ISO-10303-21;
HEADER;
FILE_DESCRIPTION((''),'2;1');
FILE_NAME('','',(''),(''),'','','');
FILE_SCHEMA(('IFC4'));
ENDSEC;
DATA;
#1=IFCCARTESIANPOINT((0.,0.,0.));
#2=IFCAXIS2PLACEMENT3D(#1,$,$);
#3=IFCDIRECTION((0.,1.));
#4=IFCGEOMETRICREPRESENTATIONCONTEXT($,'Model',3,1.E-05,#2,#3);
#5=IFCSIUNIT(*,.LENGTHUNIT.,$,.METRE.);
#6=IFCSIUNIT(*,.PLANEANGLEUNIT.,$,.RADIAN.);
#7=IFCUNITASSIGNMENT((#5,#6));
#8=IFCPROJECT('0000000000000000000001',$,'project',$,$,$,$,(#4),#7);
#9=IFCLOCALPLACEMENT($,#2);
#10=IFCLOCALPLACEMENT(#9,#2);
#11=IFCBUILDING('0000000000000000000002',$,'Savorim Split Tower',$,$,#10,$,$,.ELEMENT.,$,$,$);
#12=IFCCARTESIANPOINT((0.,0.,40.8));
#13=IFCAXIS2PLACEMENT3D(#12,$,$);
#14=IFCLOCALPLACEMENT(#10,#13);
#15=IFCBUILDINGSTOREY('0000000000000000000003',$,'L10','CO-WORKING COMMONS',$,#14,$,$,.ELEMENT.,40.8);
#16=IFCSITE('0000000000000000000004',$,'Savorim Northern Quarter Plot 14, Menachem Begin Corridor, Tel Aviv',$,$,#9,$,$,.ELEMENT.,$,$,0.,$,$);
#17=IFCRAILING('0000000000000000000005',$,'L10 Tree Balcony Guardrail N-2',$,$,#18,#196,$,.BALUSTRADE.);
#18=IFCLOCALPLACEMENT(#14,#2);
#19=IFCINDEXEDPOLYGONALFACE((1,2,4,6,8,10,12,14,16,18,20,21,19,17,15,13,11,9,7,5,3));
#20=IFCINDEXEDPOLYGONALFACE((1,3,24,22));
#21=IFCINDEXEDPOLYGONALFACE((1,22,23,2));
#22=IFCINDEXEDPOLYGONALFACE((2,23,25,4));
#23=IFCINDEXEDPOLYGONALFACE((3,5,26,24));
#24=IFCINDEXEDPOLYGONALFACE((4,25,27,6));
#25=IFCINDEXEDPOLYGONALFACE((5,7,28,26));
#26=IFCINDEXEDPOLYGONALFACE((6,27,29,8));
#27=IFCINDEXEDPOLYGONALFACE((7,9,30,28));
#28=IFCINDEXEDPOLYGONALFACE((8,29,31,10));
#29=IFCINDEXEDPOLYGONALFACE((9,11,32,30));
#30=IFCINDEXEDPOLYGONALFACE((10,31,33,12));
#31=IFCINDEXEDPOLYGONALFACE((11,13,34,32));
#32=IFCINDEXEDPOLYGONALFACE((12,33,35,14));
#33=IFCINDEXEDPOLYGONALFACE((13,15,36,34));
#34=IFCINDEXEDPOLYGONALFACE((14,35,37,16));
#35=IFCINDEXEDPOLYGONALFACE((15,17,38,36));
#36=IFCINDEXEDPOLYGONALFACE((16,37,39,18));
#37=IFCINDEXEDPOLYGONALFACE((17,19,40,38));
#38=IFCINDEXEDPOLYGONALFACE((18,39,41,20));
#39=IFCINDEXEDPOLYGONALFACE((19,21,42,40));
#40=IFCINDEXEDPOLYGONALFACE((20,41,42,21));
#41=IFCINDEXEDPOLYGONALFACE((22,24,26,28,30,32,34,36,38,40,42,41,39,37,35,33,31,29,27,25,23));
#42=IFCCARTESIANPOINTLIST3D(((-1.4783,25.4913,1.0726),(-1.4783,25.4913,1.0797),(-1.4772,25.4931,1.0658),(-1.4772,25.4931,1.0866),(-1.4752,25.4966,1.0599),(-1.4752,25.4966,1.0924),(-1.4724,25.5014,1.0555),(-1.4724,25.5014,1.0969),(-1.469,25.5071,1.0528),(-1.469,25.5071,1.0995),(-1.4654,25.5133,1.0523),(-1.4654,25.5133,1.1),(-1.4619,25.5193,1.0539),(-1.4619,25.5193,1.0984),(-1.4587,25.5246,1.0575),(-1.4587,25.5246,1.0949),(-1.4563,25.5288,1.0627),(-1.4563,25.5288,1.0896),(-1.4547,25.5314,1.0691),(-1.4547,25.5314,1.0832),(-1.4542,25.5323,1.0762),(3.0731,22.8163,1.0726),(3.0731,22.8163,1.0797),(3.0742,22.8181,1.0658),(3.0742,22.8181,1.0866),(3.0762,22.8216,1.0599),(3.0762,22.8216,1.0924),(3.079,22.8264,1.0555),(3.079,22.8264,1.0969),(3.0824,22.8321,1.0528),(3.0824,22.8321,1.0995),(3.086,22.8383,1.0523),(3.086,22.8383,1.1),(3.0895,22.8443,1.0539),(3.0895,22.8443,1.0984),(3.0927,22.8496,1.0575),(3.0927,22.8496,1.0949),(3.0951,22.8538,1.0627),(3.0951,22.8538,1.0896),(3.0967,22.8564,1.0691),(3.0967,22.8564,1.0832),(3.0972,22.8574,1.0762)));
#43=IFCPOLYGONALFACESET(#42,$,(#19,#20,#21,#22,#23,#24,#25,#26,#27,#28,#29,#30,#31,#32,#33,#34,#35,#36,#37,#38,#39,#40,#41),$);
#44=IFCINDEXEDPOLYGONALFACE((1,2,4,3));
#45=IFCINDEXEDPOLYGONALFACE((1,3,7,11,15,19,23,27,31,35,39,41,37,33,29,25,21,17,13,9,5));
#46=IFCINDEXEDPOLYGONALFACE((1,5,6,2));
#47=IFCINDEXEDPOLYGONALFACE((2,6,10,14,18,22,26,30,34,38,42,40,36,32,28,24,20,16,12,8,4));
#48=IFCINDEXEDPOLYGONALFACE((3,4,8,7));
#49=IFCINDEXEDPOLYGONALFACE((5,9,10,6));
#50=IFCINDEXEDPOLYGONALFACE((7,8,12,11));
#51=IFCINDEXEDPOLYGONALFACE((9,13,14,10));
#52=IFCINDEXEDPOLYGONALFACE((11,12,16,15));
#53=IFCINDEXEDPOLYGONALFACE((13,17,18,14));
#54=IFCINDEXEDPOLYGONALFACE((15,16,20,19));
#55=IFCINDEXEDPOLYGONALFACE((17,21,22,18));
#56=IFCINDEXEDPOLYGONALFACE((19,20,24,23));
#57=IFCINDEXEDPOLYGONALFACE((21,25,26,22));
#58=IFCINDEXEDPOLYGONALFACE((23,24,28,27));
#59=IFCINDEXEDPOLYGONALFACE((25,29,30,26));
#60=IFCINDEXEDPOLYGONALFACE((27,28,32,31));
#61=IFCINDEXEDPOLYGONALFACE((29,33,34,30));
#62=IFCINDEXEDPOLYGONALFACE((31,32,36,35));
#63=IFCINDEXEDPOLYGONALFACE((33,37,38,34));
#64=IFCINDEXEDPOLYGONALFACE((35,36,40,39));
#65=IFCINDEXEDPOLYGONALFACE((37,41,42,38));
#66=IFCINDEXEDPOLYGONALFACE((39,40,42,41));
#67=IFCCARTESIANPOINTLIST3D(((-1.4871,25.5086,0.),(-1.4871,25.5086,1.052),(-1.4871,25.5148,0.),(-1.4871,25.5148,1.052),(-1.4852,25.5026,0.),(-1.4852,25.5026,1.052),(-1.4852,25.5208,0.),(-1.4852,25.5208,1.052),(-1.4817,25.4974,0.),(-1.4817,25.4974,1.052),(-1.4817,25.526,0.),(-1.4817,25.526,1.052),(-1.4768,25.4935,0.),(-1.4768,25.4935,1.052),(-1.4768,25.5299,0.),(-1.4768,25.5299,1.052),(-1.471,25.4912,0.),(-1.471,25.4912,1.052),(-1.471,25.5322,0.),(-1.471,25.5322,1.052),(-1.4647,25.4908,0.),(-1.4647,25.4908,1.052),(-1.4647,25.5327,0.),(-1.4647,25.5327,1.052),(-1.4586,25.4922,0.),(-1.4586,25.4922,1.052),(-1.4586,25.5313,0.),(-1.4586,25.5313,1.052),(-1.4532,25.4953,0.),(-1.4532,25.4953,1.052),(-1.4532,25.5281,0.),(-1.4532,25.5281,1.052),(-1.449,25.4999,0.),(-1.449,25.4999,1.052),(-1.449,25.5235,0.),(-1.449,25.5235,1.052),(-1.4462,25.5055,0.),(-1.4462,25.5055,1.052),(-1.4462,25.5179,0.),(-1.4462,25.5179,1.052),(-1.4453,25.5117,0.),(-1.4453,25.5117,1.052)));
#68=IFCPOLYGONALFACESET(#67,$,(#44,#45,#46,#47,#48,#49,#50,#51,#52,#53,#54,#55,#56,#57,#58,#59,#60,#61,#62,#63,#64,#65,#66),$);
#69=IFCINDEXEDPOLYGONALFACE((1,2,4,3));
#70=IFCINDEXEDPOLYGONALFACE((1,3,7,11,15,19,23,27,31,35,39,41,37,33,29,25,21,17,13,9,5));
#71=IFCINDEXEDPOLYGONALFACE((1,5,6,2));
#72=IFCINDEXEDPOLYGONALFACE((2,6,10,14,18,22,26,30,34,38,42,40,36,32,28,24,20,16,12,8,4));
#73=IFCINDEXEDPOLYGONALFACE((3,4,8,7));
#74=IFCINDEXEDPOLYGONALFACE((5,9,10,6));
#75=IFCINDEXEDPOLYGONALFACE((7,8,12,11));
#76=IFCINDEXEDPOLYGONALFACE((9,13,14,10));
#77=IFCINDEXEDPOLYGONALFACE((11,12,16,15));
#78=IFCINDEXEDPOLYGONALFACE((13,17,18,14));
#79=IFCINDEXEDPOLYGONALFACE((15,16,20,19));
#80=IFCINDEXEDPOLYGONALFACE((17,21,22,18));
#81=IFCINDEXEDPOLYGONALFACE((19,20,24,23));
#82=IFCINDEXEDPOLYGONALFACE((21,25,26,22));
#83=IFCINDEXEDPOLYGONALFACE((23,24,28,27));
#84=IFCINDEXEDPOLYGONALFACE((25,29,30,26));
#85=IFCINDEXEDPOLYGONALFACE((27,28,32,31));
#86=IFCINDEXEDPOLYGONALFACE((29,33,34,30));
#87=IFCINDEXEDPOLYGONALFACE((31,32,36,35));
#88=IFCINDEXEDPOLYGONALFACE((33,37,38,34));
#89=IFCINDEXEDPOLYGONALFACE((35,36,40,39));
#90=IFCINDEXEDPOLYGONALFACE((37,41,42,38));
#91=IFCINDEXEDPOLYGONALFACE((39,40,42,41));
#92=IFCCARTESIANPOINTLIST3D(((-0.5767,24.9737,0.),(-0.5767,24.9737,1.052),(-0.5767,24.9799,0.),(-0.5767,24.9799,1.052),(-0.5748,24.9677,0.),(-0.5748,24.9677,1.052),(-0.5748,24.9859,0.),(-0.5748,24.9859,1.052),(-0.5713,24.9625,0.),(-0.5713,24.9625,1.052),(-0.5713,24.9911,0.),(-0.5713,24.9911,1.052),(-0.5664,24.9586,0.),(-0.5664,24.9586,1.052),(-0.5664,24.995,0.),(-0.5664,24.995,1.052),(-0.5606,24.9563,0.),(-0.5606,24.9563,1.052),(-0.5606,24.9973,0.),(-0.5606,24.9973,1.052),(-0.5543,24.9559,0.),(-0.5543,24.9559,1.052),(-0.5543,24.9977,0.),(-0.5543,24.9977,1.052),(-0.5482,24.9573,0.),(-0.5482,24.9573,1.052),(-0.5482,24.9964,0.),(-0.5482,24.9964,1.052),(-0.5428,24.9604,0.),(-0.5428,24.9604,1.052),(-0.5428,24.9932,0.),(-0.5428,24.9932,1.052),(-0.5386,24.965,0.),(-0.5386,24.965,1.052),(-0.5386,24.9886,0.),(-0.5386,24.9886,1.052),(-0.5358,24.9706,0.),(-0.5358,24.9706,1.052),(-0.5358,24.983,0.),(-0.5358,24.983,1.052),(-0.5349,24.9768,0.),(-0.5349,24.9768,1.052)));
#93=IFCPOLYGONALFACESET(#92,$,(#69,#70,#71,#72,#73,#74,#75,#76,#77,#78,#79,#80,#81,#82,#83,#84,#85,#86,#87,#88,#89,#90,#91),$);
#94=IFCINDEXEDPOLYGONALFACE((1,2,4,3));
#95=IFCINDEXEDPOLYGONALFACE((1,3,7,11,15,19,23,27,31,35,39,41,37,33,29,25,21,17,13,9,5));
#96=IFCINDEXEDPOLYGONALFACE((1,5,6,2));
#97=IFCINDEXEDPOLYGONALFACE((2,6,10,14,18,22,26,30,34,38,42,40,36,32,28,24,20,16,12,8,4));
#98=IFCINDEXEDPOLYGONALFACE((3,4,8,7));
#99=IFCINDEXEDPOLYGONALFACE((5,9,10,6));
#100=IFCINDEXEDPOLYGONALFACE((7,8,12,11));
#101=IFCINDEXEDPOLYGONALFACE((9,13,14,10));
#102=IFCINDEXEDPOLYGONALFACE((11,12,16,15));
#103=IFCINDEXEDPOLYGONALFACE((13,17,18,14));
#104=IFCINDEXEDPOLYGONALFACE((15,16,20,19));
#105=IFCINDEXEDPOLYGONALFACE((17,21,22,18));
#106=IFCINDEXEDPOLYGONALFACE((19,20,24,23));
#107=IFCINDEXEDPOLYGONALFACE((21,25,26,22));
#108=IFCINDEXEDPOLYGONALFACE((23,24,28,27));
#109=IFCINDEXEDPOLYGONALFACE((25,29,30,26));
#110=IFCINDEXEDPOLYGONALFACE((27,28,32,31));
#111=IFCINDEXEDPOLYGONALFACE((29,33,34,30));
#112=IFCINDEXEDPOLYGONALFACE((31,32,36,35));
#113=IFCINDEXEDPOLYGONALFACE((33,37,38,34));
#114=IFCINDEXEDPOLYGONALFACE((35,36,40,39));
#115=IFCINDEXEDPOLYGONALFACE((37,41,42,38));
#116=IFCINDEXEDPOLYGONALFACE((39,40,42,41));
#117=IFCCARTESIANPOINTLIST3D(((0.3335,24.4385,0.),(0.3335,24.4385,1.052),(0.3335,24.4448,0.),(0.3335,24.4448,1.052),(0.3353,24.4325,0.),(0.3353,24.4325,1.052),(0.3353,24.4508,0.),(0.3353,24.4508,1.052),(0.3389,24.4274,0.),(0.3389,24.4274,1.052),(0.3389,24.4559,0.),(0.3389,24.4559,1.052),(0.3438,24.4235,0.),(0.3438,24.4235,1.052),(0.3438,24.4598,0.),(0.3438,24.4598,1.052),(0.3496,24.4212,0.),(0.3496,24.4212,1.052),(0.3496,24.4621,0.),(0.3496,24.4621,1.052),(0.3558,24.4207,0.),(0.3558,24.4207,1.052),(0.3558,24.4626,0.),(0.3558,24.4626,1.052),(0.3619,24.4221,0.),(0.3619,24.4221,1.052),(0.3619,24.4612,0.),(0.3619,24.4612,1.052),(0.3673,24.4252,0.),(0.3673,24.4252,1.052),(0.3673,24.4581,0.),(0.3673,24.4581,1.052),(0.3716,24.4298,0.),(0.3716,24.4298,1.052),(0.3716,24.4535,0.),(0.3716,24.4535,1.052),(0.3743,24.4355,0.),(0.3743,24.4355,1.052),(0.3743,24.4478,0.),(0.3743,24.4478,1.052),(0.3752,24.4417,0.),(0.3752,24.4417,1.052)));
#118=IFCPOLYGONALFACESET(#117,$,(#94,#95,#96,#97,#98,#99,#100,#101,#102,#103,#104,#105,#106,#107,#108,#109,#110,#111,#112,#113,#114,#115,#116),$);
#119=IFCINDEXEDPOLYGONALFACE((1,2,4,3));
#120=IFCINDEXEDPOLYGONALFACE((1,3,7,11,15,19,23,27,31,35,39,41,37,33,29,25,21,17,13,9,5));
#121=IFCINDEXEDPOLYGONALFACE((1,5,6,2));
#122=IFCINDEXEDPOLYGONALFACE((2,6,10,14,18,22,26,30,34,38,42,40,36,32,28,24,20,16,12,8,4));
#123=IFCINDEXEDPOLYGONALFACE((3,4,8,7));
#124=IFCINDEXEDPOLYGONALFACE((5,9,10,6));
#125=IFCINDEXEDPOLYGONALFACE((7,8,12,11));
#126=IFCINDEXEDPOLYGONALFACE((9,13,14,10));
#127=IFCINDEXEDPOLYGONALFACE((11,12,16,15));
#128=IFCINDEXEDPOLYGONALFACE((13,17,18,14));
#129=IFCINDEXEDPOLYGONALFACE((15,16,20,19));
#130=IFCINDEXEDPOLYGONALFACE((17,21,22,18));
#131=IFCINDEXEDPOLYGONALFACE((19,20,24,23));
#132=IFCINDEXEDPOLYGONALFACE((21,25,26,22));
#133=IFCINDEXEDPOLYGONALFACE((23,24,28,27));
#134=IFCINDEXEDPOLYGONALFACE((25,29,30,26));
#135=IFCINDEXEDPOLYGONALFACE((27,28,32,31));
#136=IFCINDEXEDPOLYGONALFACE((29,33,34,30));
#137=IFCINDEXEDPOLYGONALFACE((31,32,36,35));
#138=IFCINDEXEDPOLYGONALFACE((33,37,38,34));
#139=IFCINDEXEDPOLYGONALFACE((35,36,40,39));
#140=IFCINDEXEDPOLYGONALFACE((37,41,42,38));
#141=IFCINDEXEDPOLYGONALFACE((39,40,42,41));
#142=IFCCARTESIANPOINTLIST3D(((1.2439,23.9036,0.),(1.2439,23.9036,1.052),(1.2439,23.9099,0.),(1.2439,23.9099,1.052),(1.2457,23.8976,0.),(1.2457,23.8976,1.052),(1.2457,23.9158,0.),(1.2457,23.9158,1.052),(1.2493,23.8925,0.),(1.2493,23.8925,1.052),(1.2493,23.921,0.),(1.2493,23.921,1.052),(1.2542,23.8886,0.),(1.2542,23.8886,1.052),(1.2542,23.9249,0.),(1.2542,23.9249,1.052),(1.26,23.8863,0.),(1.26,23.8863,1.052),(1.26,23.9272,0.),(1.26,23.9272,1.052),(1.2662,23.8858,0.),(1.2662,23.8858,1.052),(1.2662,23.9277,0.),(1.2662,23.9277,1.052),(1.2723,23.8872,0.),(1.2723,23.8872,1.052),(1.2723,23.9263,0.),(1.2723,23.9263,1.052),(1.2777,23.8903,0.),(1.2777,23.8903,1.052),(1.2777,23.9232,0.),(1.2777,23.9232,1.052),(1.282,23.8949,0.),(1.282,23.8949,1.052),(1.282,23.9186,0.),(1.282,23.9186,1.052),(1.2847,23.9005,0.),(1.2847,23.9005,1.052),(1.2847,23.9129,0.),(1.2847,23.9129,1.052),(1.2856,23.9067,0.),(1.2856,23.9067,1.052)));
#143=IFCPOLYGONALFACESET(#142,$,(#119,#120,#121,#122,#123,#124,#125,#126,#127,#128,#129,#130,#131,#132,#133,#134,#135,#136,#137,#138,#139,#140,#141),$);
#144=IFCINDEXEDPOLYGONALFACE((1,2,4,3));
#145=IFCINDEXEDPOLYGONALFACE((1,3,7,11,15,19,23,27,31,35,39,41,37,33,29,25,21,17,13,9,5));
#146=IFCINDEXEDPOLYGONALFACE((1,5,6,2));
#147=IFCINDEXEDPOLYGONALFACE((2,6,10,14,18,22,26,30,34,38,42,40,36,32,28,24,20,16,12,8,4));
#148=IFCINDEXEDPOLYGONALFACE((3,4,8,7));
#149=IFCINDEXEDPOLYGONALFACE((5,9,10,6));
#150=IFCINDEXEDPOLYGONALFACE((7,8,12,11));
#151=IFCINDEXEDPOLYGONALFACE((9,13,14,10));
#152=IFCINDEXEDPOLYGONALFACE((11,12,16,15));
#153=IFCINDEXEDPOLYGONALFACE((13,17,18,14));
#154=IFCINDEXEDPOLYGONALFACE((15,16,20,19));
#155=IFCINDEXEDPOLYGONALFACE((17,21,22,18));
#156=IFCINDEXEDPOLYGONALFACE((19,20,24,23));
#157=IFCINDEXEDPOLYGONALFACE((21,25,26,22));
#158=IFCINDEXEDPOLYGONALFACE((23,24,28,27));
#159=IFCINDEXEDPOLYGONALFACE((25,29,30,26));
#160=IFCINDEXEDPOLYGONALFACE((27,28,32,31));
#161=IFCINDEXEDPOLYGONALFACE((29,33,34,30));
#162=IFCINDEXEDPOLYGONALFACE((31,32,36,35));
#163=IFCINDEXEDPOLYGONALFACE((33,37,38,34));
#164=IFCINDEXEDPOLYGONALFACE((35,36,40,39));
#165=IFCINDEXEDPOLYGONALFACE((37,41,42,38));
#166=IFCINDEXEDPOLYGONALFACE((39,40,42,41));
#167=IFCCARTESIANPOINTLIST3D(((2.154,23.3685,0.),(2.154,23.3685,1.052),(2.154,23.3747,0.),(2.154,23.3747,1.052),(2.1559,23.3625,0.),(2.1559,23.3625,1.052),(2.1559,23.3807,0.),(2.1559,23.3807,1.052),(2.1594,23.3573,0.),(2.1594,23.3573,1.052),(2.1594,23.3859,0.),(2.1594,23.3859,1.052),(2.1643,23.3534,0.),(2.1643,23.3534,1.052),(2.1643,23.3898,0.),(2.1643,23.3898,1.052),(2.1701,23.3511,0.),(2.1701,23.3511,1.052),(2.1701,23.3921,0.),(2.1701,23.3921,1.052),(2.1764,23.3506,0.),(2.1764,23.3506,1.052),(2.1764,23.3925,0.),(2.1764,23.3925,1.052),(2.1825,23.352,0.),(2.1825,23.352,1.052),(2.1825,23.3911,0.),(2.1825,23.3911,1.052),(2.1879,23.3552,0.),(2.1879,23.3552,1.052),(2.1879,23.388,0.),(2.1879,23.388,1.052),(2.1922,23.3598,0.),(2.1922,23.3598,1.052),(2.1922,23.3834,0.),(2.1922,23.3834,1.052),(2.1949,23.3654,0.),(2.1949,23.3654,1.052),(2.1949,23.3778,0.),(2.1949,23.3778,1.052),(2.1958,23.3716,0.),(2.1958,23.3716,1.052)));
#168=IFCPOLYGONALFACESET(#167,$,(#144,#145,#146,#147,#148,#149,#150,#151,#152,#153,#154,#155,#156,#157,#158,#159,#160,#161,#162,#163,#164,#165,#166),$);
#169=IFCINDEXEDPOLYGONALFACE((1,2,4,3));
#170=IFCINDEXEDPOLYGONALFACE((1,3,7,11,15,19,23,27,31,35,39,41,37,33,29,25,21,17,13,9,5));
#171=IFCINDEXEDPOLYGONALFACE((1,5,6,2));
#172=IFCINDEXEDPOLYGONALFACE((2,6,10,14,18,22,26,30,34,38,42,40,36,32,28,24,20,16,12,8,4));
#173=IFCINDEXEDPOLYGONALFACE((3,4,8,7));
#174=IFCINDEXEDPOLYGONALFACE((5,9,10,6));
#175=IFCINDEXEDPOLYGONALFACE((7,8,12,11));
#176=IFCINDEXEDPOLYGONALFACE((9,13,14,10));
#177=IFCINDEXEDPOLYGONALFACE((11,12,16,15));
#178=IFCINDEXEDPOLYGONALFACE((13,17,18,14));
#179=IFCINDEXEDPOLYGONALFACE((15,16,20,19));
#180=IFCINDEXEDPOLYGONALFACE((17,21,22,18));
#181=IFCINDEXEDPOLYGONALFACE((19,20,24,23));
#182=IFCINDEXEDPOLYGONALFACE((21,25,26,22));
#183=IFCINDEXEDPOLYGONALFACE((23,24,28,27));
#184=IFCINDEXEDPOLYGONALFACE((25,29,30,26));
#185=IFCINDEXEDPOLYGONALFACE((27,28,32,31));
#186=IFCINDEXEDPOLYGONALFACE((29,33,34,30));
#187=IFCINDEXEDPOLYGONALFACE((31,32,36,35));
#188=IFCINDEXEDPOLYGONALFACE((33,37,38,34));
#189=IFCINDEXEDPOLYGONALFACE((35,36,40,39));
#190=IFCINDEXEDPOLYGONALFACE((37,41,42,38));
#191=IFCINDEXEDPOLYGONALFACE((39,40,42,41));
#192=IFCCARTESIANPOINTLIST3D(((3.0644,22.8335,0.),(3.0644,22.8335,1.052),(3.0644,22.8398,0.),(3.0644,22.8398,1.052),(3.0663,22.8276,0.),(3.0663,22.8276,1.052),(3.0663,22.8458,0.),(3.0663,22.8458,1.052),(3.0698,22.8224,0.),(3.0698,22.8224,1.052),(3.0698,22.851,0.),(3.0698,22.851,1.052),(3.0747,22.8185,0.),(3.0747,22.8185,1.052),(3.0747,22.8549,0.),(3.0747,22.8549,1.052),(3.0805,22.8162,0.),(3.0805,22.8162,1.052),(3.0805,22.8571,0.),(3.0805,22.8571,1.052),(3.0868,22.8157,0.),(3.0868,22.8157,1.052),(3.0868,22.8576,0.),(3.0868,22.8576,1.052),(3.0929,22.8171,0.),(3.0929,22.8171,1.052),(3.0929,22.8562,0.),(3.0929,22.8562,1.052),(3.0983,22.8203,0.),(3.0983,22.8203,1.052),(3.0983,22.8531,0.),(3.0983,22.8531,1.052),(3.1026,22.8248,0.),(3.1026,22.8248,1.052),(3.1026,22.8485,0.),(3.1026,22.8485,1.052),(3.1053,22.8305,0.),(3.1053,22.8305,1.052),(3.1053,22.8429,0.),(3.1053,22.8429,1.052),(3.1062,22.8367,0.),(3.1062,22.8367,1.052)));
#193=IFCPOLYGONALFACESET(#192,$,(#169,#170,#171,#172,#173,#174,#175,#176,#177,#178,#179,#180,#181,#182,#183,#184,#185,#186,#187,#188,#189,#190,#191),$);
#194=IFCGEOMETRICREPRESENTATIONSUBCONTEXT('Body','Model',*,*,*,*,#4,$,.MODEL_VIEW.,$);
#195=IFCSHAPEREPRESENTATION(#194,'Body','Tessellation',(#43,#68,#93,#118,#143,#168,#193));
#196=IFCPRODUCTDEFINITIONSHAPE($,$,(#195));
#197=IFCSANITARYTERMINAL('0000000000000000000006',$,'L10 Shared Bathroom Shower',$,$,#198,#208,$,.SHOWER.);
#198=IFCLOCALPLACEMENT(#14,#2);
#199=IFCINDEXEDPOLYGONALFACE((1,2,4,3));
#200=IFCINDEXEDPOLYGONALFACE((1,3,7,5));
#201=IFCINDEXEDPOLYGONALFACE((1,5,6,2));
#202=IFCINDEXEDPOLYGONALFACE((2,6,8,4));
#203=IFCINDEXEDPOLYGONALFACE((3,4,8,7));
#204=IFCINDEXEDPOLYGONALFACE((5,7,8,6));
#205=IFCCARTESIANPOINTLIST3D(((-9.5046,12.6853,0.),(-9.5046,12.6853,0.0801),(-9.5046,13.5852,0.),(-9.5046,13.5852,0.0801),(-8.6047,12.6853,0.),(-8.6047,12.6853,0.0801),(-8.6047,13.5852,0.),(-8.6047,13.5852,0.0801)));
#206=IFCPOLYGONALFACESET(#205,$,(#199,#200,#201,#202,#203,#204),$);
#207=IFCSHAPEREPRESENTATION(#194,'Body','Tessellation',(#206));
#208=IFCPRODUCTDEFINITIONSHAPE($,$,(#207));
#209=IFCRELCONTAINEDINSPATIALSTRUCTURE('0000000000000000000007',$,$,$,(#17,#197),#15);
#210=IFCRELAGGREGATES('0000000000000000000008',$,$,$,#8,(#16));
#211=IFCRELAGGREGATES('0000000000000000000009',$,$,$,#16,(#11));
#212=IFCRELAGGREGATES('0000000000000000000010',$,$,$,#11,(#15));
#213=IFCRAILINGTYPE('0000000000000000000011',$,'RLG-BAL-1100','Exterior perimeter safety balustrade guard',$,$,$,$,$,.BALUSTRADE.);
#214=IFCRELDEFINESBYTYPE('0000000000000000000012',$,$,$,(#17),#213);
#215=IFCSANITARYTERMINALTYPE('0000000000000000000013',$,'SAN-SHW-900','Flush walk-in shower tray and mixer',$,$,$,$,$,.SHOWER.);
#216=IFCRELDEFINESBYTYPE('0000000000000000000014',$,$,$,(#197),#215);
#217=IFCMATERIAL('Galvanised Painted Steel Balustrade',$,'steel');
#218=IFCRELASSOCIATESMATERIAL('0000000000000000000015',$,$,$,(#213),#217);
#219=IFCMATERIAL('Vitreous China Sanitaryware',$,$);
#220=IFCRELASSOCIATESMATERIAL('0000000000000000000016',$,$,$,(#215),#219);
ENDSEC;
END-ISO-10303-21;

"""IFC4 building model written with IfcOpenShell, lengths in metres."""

from ifc_helpers import new_model, si_unit, direction, frame, origin, origin_2d, place, context, subcontext, project, spatial, rectangle, circle, extrude, material, type_object, element, save


model = new_model("IFC4")

# Units and contexts
model_context = context("Model", 3, precision=1e-05, world=origin(), true_north=direction((0.0, 1.0)))
body_context = subcontext(model_context, "Body", "Model", "MODEL_VIEW")
ifc_project = project(units=[si_unit("LENGTHUNIT", "METRE"), si_unit("PLANEANGLEUNIT", "RADIAN")], contexts=[model_context])

# Site, building, storey
site_placement = place(None, origin())
site = spatial("IfcSite", under=ifc_project, at=site_placement, Name="Savorim Northern Quarter Plot 14, Menachem Begin Corridor, Tel Aviv", CompositionType="ELEMENT", RefElevation=0.0)
building_placement = place(site_placement, origin())
building = spatial("IfcBuilding", under=site, at=building_placement, Name="Savorim Split Tower", CompositionType="ELEMENT")
storey_placement = place(building_placement, frame((0.0, 0.0, 40.8)))
storey = spatial("IfcBuildingStorey", under=building, at=storey_placement, Name="L10", Description="CO-WORKING COMMONS", CompositionType="ELEMENT", Elevation=40.8)

# Railing
ifc_material_1 = material(Name="Galvanised Painted Steel Balustrade", Category="steel")
railing_type = type_object("IfcRailingType", Name="RLG-BAL-1100", Description="Exterior perimeter safety balustrade guard", PredefinedType="BALUSTRADE", material=ifc_material_1)
railing_1_placement = place(storey_placement, frame((-1.4663, 25.5117, 0.0)))
element("IfcRailing", 1, at=railing_1_placement, inside=storey, type_object=railing_type, Name="L10 Tree Balcony Guardrail N-2", PredefinedType="BALUSTRADE", context=body_context, shape_type="SweptSolid", body=[
    extrude(circle(Radius=0.0239, at=origin_2d()), frame((0.0, 0.0, 1.0762), z_axis=(0.862126, -0.506695, 0.0), x_axis=(0.506695, 0.862126, 0.0)), (0.0, 0.0, 1.0), 5.2793),
    extrude(circle(Radius=0.021, at=origin_2d()), origin(), (0.0, 0.0, 1.0), 1.052),
    extrude(circle(Radius=0.021, at=origin_2d()), frame((0.9104, -0.5349, 0.0)), (0.0, 0.0, 1.0), 1.052),
    extrude(circle(Radius=0.021, at=origin_2d()), frame((1.8206, -1.0701, 0.0)), (0.0, 0.0, 1.0), 1.052),
    extrude(circle(Radius=0.021, at=origin_2d()), frame((2.731, -1.605, 0.0)), (0.0, 0.0, 1.0), 1.052),
    extrude(circle(Radius=0.021, at=origin_2d()), frame((3.6411, -2.1401, 0.0)), (0.0, 0.0, 1.0), 1.052),
    extrude(circle(Radius=0.021, at=origin_2d()), frame((4.5515, -2.675, 0.0)), (0.0, 0.0, 1.0), 1.052),
])

# Sanitary terminal
ifc_material_2 = material(Name="Vitreous China Sanitaryware")
sanitary_terminal_type_1 = type_object("IfcSanitaryTerminalType", Name="SAN-SHW-900", Description="Flush walk-in shower tray and mixer", PredefinedType="SHOWER", material=ifc_material_2)
sanitary_terminal_1_placement = place(storey_placement, frame((-9.0547, 13.1353, 0.0), z_axis=(0.0, 0.0, 1.0), x_axis=(1.0, 0.0, 0.0)))
element("IfcSanitaryTerminal", 2, at=sanitary_terminal_1_placement, inside=storey, type_object=sanitary_terminal_type_1, Name="L10 Shared Bathroom Shower", PredefinedType="SHOWER", context=body_context, shape_type="SweptSolid", body=[
    extrude(rectangle(XDim=0.8999, YDim=0.8999, at=origin_2d()), origin(), (0.0, 0.0, 1.0), 0.0801),
])

save(model, "model.ifc")
